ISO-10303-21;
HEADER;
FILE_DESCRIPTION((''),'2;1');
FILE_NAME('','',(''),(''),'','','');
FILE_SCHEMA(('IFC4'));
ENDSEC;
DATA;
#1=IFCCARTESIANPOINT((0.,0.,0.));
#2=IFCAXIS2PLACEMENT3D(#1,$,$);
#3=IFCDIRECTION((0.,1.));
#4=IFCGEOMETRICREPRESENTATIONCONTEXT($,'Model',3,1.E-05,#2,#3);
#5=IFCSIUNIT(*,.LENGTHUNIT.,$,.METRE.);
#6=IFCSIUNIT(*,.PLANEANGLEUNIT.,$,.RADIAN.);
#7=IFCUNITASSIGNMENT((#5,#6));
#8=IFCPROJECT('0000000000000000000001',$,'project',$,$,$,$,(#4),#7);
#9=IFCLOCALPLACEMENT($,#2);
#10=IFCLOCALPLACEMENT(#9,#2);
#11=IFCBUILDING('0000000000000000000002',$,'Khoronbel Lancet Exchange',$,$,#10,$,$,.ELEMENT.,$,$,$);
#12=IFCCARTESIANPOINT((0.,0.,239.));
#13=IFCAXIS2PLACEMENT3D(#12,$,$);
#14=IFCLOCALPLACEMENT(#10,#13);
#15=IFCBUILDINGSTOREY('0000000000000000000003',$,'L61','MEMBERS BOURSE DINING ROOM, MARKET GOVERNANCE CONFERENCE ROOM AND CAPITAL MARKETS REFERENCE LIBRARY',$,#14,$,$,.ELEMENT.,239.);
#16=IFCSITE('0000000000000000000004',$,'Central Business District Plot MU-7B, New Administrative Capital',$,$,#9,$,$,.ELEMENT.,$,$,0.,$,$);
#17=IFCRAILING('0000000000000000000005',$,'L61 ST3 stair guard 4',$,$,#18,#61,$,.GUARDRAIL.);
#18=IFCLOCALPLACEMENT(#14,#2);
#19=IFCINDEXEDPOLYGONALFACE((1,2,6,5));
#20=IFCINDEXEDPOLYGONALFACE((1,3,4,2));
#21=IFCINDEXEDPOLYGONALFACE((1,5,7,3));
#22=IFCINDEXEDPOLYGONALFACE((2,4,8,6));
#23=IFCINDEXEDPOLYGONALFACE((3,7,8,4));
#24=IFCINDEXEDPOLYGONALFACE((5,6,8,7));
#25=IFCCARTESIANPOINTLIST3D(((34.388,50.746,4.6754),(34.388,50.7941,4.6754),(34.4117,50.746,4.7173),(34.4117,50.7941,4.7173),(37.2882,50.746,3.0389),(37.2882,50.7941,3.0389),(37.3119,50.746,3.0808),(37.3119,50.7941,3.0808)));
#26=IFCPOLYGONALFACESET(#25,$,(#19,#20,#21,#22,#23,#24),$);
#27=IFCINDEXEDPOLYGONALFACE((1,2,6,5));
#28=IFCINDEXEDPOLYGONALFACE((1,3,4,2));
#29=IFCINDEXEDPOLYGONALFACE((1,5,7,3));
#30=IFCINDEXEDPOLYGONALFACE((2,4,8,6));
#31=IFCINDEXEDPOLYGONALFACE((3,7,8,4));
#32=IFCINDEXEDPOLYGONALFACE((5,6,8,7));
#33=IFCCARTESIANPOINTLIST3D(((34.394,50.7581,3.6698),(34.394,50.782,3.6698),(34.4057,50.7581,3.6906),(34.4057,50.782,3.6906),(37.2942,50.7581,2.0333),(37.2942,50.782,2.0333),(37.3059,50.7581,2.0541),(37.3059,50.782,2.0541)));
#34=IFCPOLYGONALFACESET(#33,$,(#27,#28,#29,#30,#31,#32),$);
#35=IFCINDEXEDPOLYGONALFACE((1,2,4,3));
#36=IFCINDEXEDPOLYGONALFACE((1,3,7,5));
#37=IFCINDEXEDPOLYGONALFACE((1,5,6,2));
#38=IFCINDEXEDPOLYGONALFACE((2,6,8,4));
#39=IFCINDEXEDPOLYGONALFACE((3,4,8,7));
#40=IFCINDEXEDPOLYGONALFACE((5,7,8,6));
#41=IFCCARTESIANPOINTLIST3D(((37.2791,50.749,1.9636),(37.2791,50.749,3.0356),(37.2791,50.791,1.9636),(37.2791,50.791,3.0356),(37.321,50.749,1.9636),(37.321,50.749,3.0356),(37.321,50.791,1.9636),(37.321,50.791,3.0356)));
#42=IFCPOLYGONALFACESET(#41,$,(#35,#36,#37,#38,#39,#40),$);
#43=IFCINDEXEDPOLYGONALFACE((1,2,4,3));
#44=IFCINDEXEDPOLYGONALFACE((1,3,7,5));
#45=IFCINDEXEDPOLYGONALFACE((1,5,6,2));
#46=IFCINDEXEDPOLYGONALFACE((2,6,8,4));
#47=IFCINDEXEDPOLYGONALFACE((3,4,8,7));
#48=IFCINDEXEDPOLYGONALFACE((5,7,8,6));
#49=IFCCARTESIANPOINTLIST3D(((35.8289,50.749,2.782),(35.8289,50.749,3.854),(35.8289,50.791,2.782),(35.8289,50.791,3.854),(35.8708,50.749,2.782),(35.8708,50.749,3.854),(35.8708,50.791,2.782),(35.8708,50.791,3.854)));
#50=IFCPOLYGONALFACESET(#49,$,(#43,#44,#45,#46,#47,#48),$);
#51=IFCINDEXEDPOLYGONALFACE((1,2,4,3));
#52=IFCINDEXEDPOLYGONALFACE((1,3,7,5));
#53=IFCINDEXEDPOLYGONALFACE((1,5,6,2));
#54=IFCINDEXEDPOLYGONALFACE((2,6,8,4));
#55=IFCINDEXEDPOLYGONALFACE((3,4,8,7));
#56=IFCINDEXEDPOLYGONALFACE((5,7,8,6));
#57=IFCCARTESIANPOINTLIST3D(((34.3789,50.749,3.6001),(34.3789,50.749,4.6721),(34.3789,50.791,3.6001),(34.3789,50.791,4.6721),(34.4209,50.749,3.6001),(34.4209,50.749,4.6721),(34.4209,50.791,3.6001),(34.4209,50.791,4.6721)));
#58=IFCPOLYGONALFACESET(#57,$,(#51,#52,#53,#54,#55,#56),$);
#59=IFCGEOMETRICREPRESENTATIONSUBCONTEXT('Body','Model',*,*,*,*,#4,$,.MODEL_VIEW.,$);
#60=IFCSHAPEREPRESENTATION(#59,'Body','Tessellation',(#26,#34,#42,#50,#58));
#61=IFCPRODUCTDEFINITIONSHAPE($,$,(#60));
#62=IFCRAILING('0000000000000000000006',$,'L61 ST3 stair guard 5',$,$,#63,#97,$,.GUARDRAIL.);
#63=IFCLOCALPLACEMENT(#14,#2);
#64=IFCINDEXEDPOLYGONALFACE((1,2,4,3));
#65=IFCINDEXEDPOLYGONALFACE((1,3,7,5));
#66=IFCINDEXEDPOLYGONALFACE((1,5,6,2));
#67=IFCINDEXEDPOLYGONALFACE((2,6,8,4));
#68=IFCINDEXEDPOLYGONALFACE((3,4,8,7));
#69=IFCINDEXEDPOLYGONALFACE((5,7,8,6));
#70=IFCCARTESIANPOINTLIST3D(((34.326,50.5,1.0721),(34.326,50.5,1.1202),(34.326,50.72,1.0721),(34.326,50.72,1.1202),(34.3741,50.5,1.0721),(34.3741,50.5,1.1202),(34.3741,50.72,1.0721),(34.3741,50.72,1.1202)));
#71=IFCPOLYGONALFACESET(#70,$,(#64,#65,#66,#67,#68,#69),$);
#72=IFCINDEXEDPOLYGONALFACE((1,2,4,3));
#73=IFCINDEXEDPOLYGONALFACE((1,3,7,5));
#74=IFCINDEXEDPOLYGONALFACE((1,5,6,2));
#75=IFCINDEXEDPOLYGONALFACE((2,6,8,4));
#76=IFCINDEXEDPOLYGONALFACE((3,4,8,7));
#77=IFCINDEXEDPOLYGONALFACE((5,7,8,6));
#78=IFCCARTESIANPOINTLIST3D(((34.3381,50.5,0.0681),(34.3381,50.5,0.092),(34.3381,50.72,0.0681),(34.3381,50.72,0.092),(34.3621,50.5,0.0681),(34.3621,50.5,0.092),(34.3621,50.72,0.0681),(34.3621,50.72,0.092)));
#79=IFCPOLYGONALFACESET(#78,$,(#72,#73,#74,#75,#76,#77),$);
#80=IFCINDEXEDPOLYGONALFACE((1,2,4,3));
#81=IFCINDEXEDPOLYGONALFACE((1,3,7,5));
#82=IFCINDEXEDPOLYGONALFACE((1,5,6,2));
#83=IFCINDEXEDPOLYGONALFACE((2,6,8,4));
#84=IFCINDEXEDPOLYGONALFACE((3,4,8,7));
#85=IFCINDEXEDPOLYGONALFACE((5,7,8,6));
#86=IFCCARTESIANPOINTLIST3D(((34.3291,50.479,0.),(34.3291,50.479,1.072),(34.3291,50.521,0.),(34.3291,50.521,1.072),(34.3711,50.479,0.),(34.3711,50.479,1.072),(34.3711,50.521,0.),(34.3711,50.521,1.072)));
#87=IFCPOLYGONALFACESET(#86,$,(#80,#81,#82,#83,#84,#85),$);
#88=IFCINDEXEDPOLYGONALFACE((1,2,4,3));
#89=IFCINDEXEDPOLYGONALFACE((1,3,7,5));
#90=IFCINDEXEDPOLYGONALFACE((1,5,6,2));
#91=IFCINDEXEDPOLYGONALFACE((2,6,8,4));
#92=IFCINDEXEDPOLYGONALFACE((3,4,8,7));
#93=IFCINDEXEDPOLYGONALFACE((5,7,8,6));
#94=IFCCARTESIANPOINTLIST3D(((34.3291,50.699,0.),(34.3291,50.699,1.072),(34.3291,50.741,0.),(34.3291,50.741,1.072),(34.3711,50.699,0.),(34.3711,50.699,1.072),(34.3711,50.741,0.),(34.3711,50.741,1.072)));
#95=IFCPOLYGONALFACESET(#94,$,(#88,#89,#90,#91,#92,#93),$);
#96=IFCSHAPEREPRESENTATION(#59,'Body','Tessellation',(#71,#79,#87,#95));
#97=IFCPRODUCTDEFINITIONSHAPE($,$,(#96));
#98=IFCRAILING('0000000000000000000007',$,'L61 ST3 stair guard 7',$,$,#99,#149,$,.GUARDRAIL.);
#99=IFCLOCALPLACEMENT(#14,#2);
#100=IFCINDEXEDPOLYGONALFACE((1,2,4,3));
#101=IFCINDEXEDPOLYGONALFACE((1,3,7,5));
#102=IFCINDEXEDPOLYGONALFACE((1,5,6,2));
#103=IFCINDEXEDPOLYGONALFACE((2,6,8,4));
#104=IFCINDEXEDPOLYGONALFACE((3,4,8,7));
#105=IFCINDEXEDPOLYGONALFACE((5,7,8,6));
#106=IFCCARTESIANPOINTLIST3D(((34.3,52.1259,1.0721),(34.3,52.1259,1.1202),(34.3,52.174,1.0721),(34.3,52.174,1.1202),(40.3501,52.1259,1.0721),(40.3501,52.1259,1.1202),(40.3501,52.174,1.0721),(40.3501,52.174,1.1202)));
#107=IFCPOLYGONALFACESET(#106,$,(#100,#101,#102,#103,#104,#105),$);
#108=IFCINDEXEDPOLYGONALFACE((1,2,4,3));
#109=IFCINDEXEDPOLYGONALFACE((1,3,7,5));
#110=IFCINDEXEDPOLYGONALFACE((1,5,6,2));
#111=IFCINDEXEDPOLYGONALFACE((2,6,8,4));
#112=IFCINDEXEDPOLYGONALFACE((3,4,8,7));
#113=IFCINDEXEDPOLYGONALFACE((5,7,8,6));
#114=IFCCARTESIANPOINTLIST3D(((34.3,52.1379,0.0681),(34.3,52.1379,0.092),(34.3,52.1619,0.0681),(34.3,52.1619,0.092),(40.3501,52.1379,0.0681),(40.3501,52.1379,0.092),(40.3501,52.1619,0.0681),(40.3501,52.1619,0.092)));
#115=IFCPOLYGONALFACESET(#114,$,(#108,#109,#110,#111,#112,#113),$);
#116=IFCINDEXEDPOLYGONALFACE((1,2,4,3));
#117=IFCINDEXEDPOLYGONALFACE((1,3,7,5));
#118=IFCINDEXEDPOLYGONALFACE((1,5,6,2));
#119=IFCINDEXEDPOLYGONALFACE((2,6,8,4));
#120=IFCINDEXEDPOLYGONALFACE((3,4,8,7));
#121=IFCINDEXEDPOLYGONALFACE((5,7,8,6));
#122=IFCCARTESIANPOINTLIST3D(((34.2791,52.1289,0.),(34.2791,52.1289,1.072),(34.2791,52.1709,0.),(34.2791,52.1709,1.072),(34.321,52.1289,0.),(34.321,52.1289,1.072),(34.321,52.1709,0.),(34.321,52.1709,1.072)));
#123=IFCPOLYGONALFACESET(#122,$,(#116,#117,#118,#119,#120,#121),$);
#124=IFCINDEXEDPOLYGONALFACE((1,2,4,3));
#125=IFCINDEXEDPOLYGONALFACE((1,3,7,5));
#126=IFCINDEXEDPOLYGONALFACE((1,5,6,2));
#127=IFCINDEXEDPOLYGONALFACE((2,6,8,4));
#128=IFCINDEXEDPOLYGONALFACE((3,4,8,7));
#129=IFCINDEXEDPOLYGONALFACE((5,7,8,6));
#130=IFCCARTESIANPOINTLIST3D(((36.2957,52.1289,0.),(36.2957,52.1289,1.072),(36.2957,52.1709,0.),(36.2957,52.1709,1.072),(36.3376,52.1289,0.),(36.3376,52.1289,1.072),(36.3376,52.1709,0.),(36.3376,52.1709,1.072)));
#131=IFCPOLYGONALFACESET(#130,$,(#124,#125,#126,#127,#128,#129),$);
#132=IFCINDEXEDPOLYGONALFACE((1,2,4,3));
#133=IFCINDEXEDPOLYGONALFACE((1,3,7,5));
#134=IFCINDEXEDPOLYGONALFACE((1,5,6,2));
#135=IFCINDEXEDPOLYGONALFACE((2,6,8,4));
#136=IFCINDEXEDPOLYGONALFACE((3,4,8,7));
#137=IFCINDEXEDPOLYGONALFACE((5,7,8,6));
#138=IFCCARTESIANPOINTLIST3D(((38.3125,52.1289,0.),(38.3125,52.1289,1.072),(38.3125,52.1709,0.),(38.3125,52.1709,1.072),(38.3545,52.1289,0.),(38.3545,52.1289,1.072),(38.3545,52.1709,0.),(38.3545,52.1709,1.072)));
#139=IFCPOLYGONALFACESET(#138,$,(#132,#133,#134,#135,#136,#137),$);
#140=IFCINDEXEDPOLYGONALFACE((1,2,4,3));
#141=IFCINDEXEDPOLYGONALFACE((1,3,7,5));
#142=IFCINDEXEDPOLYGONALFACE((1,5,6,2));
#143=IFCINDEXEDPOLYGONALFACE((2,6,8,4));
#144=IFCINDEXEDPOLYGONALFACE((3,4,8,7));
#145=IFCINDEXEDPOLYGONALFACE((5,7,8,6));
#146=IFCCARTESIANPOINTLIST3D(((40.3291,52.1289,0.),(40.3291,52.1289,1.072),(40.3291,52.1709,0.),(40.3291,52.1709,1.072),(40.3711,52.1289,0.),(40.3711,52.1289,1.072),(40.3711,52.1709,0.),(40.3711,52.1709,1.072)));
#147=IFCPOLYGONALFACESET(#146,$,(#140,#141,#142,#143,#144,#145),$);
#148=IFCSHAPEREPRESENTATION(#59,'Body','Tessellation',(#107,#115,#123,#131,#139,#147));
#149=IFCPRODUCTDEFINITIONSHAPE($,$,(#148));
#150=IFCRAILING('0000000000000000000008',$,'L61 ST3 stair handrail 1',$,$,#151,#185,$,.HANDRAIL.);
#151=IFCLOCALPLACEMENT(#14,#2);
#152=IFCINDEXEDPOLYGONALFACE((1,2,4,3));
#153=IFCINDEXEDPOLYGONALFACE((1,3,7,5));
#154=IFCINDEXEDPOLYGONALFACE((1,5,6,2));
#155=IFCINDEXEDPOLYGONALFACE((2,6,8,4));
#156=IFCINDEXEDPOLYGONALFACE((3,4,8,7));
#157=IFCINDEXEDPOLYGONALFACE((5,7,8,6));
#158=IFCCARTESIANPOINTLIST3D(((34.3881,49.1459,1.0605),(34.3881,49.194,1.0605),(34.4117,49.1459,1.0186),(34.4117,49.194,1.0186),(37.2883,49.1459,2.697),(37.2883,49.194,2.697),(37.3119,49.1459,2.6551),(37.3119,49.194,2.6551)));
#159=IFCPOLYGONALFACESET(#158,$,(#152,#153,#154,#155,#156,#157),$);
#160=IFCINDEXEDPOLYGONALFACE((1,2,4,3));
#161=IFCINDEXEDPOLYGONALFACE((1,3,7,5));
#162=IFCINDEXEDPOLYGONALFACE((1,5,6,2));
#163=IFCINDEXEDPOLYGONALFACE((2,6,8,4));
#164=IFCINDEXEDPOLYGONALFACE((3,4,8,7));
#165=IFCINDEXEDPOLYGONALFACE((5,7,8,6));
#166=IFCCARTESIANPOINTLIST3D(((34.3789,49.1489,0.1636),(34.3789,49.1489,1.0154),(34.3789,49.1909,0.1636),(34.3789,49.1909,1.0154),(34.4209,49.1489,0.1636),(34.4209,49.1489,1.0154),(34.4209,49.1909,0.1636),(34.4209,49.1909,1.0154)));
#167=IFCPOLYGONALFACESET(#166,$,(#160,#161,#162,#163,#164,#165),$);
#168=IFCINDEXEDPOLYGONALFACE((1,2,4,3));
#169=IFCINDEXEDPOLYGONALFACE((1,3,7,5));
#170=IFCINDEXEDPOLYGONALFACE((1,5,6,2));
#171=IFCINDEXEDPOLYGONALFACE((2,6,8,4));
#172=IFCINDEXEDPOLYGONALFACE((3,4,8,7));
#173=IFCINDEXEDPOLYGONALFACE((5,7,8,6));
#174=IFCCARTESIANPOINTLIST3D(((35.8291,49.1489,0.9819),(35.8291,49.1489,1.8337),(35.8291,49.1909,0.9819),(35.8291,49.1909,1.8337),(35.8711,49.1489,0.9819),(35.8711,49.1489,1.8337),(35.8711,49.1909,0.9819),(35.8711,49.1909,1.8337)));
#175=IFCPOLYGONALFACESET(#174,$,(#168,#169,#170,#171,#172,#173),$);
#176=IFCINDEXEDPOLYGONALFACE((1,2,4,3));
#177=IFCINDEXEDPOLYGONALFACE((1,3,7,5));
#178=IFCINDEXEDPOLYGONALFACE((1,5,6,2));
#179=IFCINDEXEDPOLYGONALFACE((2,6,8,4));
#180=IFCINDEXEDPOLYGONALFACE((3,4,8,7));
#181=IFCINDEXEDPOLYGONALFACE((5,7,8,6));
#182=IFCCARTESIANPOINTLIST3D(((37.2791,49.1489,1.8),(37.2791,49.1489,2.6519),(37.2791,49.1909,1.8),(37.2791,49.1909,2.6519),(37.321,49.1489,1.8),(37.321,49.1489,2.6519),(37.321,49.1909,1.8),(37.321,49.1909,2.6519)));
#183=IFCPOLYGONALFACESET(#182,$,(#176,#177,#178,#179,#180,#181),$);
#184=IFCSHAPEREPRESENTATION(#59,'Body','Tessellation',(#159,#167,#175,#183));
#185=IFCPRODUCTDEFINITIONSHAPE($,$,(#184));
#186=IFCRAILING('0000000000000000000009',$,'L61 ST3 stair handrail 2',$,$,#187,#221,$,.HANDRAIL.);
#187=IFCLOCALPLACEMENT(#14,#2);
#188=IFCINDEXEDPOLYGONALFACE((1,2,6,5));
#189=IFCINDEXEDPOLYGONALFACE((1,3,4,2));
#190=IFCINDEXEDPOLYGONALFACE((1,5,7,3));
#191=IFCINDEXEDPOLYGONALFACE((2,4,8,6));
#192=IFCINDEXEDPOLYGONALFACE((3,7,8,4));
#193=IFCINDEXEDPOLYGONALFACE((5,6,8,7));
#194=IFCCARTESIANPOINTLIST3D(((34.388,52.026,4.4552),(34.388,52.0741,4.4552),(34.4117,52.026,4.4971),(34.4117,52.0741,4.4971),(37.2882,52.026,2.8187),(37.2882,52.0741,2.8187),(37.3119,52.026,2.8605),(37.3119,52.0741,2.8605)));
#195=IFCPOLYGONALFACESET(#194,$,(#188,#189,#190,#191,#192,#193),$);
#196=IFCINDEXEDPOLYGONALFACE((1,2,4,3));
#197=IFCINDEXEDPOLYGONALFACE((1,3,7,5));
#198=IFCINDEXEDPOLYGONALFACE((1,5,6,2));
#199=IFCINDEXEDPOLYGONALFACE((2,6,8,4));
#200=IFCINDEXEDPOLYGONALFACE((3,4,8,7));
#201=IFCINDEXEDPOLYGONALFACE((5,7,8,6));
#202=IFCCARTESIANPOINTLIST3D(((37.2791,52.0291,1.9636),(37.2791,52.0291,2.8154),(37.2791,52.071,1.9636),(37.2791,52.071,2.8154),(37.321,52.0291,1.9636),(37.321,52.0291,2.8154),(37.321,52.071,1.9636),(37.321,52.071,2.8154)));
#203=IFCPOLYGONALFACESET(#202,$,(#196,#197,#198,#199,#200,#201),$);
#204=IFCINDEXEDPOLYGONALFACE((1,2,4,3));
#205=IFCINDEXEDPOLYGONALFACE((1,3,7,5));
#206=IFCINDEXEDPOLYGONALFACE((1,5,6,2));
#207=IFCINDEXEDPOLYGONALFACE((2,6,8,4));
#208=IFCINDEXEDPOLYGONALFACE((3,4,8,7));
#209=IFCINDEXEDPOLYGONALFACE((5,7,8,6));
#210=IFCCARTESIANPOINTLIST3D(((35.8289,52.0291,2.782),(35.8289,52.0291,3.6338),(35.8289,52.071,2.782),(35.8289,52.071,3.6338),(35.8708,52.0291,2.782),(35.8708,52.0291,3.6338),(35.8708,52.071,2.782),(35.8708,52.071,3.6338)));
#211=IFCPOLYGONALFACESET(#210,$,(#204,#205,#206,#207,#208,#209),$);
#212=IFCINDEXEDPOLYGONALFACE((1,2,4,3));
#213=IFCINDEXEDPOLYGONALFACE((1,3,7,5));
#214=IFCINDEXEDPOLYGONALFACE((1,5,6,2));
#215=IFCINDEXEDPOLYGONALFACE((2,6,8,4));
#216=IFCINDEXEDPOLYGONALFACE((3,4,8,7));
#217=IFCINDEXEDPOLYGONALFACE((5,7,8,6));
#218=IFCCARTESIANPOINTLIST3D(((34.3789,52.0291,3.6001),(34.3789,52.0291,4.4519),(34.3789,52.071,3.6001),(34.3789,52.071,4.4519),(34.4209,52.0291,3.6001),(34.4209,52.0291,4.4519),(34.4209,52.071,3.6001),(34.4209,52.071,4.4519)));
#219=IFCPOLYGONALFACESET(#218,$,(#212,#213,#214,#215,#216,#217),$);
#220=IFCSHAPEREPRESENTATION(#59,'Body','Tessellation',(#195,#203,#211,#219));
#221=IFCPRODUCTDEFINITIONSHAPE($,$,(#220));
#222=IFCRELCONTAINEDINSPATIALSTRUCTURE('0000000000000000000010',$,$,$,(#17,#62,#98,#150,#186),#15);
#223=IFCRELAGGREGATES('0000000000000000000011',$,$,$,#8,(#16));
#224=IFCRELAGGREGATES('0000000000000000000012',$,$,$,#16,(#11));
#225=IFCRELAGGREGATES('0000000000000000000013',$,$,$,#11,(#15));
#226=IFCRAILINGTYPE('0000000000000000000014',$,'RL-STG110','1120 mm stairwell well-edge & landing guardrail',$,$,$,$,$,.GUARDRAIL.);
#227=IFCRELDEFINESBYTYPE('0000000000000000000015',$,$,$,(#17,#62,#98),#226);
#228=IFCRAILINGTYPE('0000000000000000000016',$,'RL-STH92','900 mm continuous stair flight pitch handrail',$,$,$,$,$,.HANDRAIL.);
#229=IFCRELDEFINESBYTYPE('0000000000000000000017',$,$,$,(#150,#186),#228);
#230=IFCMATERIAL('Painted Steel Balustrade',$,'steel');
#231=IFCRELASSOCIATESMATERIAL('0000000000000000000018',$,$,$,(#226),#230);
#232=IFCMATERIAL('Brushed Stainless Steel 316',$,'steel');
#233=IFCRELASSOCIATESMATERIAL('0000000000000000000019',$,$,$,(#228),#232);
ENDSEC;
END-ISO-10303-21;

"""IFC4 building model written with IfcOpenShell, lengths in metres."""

from ifc_helpers import new_model, si_unit, direction, frame, origin, origin_2d, place, context, subcontext, project, spatial, rectangle, extrude, material, type_object, element, save


model = new_model("IFC4")

# Units and contexts
model_context = context("Model", 3, precision=1e-05, world=origin(), true_north=direction((0.0, 1.0)))
body_context = subcontext(model_context, "Body", "Model", "MODEL_VIEW")
ifc_project = project(units=[si_unit("LENGTHUNIT", "METRE"), si_unit("PLANEANGLEUNIT", "RADIAN")], contexts=[model_context])

# Site, building, storey
site_placement = place(None, origin())
site = spatial("IfcSite", under=ifc_project, at=site_placement, Name="Central Business District Plot MU-7B, New Administrative Capital", CompositionType="ELEMENT", RefElevation=0.0)
building_placement = place(site_placement, origin())
building = spatial("IfcBuilding", under=site, at=building_placement, Name="Khoronbel Lancet Exchange", CompositionType="ELEMENT")
storey_placement = place(building_placement, frame((0.0, 0.0, 239.0)))
storey = spatial("IfcBuildingStorey", under=building, at=storey_placement, Name="L61", Description="MEMBERS BOURSE DINING ROOM, MARKET GOVERNANCE CONFERENCE ROOM AND CAPITAL MARKETS REFERENCE LIBRARY", CompositionType="ELEMENT", Elevation=239.0)

# Railings
ifc_material_1 = material(Name="Painted Steel Balustrade", Category="steel")
railing_type_1 = type_object("IfcRailingType", Name="RL-STG110", Description="1120 mm stairwell well-edge & landing guardrail", PredefinedType="GUARDRAIL", material=ifc_material_1)
railing_1_placement = place(storey_placement, frame((37.3, 50.77, 1.9636)))
element("IfcRailing", 1, at=railing_1_placement, inside=storey, type_object=railing_type_1, Name="L61 ST3 stair guard 4", PredefinedType="GUARDRAIL", context=body_context, shape_type="SweptSolid", body=[
    extrude(rectangle(XDim=0.0481, YDim=0.0481, at=origin_2d()), frame((0.0, 0.0, 1.0962), z_axis=(-0.870915, 0.0, 0.491434), x_axis=(0.0, -1.0, 0.0)), (0.0, 0.0, 1.0), 3.3301),
    extrude(rectangle(XDim=0.0239, YDim=0.0239, at=origin_2d()), frame((0.0, 0.0, 0.0801), z_axis=(-0.870915, 0.0, 0.491434), x_axis=(0.0, -1.0, 0.0)), (0.0, 0.0, 1.0), 3.3301),
    extrude(rectangle(XDim=0.042, YDim=0.042, at=origin_2d()), origin(), (0.0, 0.0, 1.0), 1.072),
    extrude(rectangle(XDim=0.042, YDim=0.042, at=origin_2d()), frame((-1.4502, 0.0, 0.8184)), (0.0, 0.0, 1.0), 1.072),
    extrude(rectangle(XDim=0.042, YDim=0.042, at=origin_2d()), frame((-2.9001, 0.0, 1.6365)), (0.0, 0.0, 1.0), 1.072),
])
railing_2_placement = place(storey_placement, frame((34.3501, 50.5, 0.0)))
element("IfcRailing", 2, at=railing_2_placement, inside=storey, type_object=railing_type_1, Name="L61 ST3 stair guard 5", PredefinedType="GUARDRAIL", context=body_context, shape_type="SweptSolid", body=[
    extrude(rectangle(XDim=0.0481, YDim=0.0481, at=origin_2d()), frame((0.0, 0.0, 1.0962), z_axis=(0.0, 1.0, 0.0), x_axis=(-1.0, 0.0, 0.0)), (0.0, 0.0, 1.0), 0.22),
    extrude(rectangle(XDim=0.0239, YDim=0.0239, at=origin_2d()), frame((0.0, 0.0, 0.0801), z_axis=(0.0, 1.0, 0.0), x_axis=(-1.0, 0.0, 0.0)), (0.0, 0.0, 1.0), 0.22),
    extrude(rectangle(XDim=0.042, YDim=0.042, at=origin_2d()), origin(), (0.0, 0.0, 1.0), 1.072),
    extrude(rectangle(XDim=0.042, YDim=0.042, at=origin_2d()), frame((0.0, 0.22, 0.0)), (0.0, 0.0, 1.0), 1.072),
])
railing_3_placement = place(storey_placement, frame((34.3, 52.1499, 0.0)))
element("IfcRailing", 3, at=railing_3_placement, inside=storey, type_object=railing_type_1, Name="L61 ST3 stair guard 7", PredefinedType="GUARDRAIL", context=body_context, shape_type="SweptSolid", body=[
    extrude(rectangle(XDim=0.0481, YDim=0.0481, at=origin_2d()), frame((0.0, 0.0, 1.0962), z_axis=(1.0, 0.0, 0.0), x_axis=(0.0, 1.0, 0.0)), (0.0, 0.0, 1.0), 6.05),
    extrude(rectangle(XDim=0.0239, YDim=0.0239, at=origin_2d()), frame((0.0, 0.0, 0.0801), z_axis=(1.0, 0.0, 0.0), x_axis=(0.0, 1.0, 0.0)), (0.0, 0.0, 1.0), 6.05),
    extrude(rectangle(XDim=0.042, YDim=0.042, at=origin_2d()), origin(), (0.0, 0.0, 1.0), 1.072),
    extrude(rectangle(XDim=0.042, YDim=0.042, at=origin_2d()), frame((2.0166, 0.0, 0.0)), (0.0, 0.0, 1.0), 1.072),
    extrude(rectangle(XDim=0.042, YDim=0.042, at=origin_2d()), frame((4.0334, 0.0, 0.0)), (0.0, 0.0, 1.0), 1.072),
    extrude(rectangle(XDim=0.042, YDim=0.042, at=origin_2d()), frame((6.05, 0.0, 0.0)), (0.0, 0.0, 1.0), 1.072),
])
ifc_material_2 = material(Name="Brushed Stainless Steel 316", Category="steel")
railing_type_2 = type_object("IfcRailingType", Name="RL-STH92", Description="900 mm continuous stair flight pitch handrail", PredefinedType="HANDRAIL", material=ifc_material_2)
railing_4_placement = place(storey_placement, frame((34.3999, 49.1699, 0.1636)))
element("IfcRailing", 4, at=railing_4_placement, inside=storey, type_object=railing_type_2, Name="L61 ST3 stair handrail 1", PredefinedType="HANDRAIL", context=body_context, shape_type="SweptSolid", body=[
    extrude(rectangle(XDim=0.0481, YDim=0.0481, at=origin_2d()), frame((0.0, 0.0, 0.876), z_axis=(0.870915, 0.0, 0.491434), x_axis=(0.0, 1.0, 0.0)), (0.0, 0.0, 1.0), 3.3301),
    extrude(rectangle(XDim=0.042, YDim=0.042, at=origin_2d()), origin(), (0.0, 0.0, 1.0), 0.8518),
    extrude(rectangle(XDim=0.042, YDim=0.042, at=origin_2d()), frame((1.4502, 0.0, 0.8184)), (0.0, 0.0, 1.0), 0.8518),
    extrude(rectangle(XDim=0.042, YDim=0.042, at=origin_2d()), frame((2.9001, 0.0, 1.6365)), (0.0, 0.0, 1.0), 0.8518),
])
railing_5_placement = place(storey_placement, frame((37.3, 52.05, 1.9636)))
element("IfcRailing", 5, at=railing_5_placement, inside=storey, type_object=railing_type_2, Name="L61 ST3 stair handrail 2", PredefinedType="HANDRAIL", context=body_context, shape_type="SweptSolid", body=[
    extrude(rectangle(XDim=0.0481, YDim=0.0481, at=origin_2d()), frame((0.0, 0.0, 0.876), z_axis=(-0.870915, 0.0, 0.491434), x_axis=(0.0, -1.0, 0.0)), (0.0, 0.0, 1.0), 3.3301),
    extrude(rectangle(XDim=0.042, YDim=0.042, at=origin_2d()), origin(), (0.0, 0.0, 1.0), 0.8518),
    extrude(rectangle(XDim=0.042, YDim=0.042, at=origin_2d()), frame((-1.4502, 0.0, 0.8184)), (0.0, 0.0, 1.0), 0.8518),
    extrude(rectangle(XDim=0.042, YDim=0.042, at=origin_2d()), frame((-2.9001, 0.0, 1.6365)), (0.0, 0.0, 1.0), 0.8518),
])

save(model, "model.ifc")
